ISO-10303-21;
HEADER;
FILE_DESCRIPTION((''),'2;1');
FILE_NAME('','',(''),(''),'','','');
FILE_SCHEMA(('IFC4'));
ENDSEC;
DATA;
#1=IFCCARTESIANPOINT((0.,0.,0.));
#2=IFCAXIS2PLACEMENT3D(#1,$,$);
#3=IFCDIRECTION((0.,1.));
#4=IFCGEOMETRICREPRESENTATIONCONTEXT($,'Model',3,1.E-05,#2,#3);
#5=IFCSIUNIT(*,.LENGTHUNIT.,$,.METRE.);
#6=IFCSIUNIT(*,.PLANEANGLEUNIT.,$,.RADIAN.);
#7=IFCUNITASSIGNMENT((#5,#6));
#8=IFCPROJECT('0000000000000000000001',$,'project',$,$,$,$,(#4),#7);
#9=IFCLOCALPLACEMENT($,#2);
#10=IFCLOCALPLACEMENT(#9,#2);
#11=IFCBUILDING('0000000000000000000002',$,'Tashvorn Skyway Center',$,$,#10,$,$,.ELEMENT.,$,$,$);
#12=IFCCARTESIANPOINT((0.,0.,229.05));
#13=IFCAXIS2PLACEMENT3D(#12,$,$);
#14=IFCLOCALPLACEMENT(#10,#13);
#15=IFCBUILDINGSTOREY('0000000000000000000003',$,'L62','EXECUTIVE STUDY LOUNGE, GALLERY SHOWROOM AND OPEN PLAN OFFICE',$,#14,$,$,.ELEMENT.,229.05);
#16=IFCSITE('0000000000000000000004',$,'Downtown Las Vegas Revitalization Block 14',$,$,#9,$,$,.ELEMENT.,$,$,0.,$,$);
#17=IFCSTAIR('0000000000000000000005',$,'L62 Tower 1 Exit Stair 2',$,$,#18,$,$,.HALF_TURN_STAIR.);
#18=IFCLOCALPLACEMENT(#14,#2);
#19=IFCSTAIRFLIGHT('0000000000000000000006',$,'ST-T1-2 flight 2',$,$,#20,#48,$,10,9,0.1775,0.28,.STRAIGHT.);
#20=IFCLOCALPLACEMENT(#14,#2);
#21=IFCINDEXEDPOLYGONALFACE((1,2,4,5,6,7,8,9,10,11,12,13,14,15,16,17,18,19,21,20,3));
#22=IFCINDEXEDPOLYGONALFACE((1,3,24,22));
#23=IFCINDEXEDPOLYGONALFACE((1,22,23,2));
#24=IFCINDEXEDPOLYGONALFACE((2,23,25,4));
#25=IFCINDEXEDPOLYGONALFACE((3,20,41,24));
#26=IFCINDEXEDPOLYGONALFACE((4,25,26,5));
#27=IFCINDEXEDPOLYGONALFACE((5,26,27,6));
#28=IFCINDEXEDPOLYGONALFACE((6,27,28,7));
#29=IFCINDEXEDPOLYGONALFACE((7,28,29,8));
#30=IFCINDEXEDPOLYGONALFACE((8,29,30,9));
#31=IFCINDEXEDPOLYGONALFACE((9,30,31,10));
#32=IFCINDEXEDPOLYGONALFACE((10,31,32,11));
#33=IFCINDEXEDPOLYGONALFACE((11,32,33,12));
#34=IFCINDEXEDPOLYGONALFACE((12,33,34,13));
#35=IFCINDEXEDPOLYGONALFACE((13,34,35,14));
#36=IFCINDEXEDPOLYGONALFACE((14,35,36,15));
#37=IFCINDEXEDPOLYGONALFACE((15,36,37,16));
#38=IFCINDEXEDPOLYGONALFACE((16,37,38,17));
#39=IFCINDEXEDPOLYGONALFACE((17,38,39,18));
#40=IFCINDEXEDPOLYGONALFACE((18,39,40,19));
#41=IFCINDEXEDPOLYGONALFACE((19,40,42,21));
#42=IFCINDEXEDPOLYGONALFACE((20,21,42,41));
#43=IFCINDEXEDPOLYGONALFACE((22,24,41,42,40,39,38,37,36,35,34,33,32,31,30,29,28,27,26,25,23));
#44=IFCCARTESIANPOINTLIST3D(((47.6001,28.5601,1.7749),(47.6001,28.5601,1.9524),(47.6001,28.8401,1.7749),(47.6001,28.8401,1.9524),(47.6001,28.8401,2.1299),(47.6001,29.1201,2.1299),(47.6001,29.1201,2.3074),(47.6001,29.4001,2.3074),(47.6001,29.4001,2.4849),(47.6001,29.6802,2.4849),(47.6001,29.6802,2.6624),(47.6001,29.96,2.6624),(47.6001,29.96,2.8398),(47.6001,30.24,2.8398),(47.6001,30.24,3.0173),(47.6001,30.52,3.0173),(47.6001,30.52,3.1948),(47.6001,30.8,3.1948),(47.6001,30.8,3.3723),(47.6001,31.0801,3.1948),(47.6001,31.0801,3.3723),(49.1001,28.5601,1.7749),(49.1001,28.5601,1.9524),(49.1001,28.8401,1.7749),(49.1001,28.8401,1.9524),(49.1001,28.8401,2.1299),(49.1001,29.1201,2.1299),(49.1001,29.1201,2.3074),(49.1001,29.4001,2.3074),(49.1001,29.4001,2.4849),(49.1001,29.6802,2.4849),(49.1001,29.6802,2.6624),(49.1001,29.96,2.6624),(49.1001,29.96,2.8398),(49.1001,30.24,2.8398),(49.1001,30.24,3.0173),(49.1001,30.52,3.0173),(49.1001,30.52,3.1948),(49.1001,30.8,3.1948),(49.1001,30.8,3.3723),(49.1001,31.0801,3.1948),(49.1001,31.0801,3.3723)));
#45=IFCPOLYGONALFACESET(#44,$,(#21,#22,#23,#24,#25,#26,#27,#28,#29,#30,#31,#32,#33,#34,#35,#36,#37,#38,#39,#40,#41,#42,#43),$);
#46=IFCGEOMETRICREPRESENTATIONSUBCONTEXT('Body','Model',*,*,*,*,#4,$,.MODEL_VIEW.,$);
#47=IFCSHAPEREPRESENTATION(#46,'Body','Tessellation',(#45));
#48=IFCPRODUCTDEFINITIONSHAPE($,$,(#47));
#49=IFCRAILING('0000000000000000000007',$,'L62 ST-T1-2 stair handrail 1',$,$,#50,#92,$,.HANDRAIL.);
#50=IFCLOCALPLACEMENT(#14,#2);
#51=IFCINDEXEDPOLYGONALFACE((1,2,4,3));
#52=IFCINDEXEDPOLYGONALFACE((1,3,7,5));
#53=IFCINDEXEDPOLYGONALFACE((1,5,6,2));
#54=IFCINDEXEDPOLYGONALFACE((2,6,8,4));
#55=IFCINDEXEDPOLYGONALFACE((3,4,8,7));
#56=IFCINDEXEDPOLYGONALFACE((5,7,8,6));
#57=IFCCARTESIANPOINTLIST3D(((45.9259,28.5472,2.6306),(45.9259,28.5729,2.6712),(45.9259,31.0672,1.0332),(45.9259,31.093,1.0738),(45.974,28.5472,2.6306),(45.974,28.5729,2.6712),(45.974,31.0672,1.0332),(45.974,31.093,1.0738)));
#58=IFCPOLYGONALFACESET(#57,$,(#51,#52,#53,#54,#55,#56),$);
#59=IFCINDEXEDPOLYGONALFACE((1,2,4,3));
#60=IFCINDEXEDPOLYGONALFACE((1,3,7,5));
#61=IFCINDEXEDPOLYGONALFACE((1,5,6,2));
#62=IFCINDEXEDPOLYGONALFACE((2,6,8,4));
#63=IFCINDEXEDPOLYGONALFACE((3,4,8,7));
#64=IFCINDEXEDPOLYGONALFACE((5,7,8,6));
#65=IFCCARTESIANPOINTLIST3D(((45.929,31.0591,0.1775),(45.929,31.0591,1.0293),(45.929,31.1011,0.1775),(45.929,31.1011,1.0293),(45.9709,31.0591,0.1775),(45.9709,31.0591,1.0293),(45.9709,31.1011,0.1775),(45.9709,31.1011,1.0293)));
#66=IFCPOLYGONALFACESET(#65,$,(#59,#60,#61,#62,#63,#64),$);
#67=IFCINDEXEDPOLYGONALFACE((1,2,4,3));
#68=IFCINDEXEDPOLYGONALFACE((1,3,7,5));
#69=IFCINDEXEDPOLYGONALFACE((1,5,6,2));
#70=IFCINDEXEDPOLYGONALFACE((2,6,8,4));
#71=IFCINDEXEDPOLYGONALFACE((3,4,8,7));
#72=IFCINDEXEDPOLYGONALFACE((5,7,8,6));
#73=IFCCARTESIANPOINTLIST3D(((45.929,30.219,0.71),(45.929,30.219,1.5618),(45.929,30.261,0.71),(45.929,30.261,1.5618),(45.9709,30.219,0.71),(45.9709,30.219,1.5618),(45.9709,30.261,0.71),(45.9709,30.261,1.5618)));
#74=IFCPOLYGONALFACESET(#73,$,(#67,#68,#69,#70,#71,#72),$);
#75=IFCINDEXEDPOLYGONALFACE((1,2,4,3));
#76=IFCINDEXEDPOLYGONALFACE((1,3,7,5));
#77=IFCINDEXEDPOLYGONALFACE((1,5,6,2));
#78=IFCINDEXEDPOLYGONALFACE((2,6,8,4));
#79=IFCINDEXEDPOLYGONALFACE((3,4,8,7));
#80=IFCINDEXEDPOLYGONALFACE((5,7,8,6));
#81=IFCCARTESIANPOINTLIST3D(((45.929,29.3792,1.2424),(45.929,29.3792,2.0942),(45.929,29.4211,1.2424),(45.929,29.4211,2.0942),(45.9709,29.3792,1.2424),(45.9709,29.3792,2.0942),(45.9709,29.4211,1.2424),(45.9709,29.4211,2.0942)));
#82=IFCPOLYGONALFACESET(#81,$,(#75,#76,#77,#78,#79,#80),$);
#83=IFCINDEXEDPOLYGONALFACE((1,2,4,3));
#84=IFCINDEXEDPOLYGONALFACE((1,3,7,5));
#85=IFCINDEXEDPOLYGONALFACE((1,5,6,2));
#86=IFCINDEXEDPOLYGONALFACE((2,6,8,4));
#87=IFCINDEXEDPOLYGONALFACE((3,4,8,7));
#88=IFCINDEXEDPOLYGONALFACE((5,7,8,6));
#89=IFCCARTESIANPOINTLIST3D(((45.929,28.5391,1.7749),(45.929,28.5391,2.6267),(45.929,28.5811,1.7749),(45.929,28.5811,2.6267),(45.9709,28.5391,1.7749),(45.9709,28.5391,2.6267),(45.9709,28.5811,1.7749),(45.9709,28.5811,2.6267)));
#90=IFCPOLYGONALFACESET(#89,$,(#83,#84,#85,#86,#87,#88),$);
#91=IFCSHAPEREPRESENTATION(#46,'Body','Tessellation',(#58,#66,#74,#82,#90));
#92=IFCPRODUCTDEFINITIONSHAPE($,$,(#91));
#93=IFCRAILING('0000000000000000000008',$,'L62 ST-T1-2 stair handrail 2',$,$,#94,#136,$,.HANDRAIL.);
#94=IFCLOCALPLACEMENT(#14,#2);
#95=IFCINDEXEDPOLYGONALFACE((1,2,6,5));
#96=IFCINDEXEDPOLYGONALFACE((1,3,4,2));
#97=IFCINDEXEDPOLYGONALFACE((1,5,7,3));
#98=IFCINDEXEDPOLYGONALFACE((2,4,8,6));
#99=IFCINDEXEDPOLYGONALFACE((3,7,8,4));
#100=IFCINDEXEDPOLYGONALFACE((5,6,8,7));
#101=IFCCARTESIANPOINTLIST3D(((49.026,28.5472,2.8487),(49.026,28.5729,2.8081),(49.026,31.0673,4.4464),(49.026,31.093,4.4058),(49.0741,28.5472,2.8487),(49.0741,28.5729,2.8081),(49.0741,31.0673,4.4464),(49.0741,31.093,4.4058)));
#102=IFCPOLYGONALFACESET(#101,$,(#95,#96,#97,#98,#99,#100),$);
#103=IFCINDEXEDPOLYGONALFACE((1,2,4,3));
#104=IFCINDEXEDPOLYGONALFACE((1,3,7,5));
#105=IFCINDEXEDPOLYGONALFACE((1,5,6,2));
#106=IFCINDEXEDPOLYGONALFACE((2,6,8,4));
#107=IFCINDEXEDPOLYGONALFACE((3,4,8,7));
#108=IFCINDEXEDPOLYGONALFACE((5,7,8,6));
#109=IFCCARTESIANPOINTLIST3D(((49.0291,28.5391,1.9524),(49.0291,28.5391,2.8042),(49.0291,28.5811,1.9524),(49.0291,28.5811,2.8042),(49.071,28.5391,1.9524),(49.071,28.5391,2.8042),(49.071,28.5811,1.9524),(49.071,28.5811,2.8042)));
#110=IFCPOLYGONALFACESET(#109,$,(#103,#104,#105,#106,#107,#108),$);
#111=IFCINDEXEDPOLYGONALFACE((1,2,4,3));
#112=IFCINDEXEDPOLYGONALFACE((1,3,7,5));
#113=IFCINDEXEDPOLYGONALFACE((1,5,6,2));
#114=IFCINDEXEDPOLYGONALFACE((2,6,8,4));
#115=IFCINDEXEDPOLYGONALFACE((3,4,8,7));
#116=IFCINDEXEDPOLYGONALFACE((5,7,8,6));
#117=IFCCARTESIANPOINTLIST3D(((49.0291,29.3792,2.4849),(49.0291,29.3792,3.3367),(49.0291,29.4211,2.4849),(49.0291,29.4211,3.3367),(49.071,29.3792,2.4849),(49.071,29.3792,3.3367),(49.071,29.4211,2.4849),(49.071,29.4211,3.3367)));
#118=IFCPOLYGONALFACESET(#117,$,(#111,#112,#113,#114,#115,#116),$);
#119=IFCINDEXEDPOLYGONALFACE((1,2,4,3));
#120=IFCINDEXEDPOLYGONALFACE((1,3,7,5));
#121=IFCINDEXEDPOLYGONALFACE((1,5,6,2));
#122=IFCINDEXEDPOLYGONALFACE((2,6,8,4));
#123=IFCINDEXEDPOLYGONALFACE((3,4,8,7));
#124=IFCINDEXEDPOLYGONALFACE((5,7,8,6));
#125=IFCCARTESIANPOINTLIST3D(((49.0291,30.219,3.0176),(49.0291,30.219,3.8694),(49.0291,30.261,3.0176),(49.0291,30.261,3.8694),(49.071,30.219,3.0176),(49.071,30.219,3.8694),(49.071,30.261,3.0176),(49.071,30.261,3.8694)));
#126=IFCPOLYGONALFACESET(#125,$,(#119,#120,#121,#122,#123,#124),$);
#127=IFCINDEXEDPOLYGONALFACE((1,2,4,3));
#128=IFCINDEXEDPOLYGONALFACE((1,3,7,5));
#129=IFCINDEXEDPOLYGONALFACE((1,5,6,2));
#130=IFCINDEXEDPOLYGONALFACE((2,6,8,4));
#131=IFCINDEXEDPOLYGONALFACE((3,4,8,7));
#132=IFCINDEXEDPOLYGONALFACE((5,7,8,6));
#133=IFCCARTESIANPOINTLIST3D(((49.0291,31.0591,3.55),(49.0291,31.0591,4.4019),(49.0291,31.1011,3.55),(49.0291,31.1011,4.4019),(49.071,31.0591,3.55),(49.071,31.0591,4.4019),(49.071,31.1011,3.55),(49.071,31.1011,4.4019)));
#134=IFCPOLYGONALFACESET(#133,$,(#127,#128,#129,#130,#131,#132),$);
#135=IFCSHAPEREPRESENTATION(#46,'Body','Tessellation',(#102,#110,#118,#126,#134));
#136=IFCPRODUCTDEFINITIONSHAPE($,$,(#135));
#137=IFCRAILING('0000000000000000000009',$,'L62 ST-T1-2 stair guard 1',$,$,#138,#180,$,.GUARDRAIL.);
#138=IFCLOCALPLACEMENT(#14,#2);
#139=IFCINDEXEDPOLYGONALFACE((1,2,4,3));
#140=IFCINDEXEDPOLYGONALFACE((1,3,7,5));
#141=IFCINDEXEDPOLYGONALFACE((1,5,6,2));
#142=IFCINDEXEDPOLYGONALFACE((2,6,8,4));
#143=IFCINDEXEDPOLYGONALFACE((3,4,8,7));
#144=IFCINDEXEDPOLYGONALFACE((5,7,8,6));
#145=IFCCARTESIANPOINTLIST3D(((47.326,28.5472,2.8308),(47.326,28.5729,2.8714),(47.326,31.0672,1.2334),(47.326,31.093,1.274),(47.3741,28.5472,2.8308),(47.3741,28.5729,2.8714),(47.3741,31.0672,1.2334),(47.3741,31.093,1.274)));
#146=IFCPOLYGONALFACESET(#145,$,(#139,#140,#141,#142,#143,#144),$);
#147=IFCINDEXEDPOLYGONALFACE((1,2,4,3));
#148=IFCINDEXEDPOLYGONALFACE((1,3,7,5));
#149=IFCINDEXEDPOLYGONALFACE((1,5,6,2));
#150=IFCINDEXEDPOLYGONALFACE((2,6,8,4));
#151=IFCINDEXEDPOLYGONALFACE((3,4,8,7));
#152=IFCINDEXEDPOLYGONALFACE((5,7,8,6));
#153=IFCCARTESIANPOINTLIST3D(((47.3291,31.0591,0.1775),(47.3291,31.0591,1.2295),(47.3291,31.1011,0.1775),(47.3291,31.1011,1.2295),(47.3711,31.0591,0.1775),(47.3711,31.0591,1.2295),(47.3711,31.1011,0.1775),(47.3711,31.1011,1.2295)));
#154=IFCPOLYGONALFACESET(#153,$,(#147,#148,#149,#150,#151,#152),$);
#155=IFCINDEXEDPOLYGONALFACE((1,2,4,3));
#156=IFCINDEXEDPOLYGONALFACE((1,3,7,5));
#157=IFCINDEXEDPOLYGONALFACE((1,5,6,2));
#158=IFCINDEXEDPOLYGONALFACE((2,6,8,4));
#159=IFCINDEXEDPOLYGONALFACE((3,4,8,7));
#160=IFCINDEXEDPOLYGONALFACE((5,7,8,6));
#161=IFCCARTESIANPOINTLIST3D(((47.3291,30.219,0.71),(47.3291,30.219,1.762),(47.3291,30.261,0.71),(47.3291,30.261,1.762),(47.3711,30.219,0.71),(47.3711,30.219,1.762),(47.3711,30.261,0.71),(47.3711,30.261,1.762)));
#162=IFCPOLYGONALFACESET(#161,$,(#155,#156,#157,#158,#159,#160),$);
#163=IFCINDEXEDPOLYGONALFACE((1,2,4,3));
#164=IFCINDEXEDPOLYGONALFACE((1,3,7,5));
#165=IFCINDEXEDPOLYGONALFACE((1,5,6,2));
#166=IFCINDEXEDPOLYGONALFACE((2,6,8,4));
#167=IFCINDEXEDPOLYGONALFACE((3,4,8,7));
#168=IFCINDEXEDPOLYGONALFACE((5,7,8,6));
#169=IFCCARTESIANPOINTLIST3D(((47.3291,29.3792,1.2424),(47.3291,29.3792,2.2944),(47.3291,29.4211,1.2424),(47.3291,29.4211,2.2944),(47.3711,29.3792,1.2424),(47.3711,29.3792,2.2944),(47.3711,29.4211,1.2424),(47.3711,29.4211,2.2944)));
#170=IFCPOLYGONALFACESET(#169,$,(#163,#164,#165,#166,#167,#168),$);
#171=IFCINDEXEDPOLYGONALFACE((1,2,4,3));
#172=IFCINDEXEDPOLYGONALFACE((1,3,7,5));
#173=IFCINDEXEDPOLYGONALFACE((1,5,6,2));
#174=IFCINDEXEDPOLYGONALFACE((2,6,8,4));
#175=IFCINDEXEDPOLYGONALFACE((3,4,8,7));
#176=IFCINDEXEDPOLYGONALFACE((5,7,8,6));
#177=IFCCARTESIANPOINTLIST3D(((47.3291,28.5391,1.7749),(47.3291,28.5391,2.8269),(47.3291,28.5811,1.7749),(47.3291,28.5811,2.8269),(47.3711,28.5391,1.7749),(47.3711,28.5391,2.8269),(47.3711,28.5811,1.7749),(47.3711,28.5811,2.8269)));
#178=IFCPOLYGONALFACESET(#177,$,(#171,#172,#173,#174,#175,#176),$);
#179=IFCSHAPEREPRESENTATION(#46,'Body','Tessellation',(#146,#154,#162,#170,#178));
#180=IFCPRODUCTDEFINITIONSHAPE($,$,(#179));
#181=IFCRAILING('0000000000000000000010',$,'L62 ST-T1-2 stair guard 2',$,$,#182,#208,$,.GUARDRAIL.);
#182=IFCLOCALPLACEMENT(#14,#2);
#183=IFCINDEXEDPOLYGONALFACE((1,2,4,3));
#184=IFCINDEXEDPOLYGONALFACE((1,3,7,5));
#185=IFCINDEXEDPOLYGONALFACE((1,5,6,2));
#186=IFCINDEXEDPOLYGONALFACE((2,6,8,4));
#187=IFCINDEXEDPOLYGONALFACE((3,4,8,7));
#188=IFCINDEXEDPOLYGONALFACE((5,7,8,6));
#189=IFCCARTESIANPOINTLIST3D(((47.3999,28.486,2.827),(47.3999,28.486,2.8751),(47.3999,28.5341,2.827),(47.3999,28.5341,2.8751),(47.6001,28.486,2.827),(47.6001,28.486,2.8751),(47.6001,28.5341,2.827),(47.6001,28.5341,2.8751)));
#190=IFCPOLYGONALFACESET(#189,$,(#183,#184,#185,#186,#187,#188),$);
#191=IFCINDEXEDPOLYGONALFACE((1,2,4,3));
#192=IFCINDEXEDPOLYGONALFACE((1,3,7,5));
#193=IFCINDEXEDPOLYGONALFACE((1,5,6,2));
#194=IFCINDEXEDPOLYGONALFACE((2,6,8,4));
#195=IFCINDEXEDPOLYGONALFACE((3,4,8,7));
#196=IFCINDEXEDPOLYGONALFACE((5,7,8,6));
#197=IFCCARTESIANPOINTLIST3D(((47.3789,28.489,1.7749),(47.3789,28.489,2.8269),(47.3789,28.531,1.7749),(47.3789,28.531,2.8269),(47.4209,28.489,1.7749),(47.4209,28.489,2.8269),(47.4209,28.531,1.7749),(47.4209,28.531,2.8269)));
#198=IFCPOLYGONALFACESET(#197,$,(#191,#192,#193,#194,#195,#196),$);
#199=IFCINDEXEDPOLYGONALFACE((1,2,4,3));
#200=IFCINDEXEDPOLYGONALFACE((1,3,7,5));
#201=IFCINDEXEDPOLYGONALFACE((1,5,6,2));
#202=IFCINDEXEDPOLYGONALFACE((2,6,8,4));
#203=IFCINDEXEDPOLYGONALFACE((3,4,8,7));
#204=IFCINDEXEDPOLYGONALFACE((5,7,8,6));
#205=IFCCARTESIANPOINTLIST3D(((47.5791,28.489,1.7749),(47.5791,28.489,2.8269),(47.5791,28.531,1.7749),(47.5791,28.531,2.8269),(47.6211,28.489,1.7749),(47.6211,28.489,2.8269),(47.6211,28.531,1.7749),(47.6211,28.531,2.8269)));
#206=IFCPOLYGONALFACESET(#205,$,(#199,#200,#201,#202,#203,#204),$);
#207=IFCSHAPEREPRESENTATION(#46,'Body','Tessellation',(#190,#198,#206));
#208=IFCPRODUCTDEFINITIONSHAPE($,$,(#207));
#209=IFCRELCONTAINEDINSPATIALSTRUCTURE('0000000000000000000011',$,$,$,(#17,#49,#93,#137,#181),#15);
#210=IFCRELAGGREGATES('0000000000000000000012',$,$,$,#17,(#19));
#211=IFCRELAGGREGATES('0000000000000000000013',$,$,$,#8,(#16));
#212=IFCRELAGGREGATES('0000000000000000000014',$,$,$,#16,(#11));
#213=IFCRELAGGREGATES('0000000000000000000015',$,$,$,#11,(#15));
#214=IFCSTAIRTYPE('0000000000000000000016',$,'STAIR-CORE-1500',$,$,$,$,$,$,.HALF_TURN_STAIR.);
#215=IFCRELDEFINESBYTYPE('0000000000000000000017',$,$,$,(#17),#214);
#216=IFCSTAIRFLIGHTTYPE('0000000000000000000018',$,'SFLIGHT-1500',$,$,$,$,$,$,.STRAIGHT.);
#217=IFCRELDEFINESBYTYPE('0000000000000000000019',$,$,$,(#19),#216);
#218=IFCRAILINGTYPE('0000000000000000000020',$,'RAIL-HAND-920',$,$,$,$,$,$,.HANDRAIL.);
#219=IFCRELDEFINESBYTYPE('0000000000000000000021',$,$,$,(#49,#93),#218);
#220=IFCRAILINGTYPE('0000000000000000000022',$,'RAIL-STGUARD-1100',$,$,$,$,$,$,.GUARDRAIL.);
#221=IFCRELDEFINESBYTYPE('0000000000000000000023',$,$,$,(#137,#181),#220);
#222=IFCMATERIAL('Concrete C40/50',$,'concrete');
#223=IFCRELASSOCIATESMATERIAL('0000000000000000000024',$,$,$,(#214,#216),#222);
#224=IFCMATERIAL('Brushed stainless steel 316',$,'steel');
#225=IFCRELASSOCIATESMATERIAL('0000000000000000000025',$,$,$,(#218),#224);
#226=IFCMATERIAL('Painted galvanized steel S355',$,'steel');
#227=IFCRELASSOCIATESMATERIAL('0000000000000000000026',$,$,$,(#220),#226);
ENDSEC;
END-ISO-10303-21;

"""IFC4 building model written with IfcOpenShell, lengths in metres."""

from ifc_helpers import new_model, si_unit, direction, frame, origin, origin_2d, place, context, subcontext, project, spatial, polyline, rectangle, outline, extrude, material, type_object, element, aggregate, save


model = new_model("IFC4")

# Units and contexts
model_context = context("Model", 3, precision=1e-05, world=origin(), true_north=direction((0.0, 1.0)))
body_context = subcontext(model_context, "Body", "Model", "MODEL_VIEW")
ifc_project = project(units=[si_unit("LENGTHUNIT", "METRE"), si_unit("PLANEANGLEUNIT", "RADIAN")], contexts=[model_context])

# Site, building, storey
site_placement = place(None, origin())
site = spatial("IfcSite", under=ifc_project, at=site_placement, Name="Downtown Las Vegas Revitalization Block 14", CompositionType="ELEMENT", RefElevation=0.0)
building_placement = place(site_placement, origin())
building = spatial("IfcBuilding", under=site, at=building_placement, Name="Tashvorn Skyway Center", CompositionType="ELEMENT")
storey_placement = place(building_placement, frame((0.0, 0.0, 229.05)))
storey = spatial("IfcBuildingStorey", under=building, at=storey_placement, Name="L62", Description="EXECUTIVE STUDY LOUNGE, GALLERY SHOWROOM AND OPEN PLAN OFFICE", CompositionType="ELEMENT", Elevation=229.05)

# Shared definitions
ifc_material_1 = material(Name="Concrete C40/50", Category="concrete")

# Stair, stair flight
stair_type = type_object("IfcStairType", Name="STAIR-CORE-1500", PredefinedType="HALF_TURN_STAIR", material=ifc_material_1)
stair_placement = place(storey_placement, origin())
stair = element("IfcStair", 1, at=stair_placement, inside=storey, type_object=stair_type, Name="L62 Tower 1 Exit Stair 2", PredefinedType="HALF_TURN_STAIR")
stair_flight_type = type_object("IfcStairFlightType", Name="SFLIGHT-1500", PredefinedType="STRAIGHT", material=ifc_material_1)
stair_flight_1_placement = place(storey_placement, frame((48.3501, 28.5601, 1.7749), z_axis=(0.0, 0.0, 1.0), x_axis=(0.0, 1.0, 0.0)))
stair_flight_1 = element("IfcStairFlight", 2, at=stair_flight_1_placement, type_object=stair_flight_type, Name="ST-T1-2 flight 2", NumberOfRisers=10, NumberOfTreads=9, PredefinedType="STRAIGHT", RiserHeight=0.1775, TreadLength=0.28, context=body_context, shape_type="SweptSolid", body=[
    extrude(outline(polyline([(0.0, 0.0), (0.0, 0.1775), (0.28, 0.1775), (0.28, 0.355), (0.5601, 0.355), (0.5601, 0.5325), (0.8401, 0.5325), (0.8401, 0.71), (1.1201, 0.71), (1.1201, 0.8875), (1.3999, 0.8875), (1.3999, 1.0649), (1.6799, 1.0649), (1.6799, 1.2424), (1.96, 1.2424), (1.96, 1.4199), (2.24, 1.4199), (2.24, 1.5974), (2.52, 1.5974), (2.52, 1.7749), (2.52, 1.4199), (0.28, 0.0), (0.0, 0.0)])), frame((0.0, 0.75, 0.0), z_axis=(0.0, -1.0, 0.0), x_axis=(1.0, 0.0, 0.0)), (0.0, 0.0, 1.0), 1.5),
])
aggregate(stair, [stair_flight_1])

# Railings
ifc_material_2 = material(Name="Brushed stainless steel 316", Category="steel")
railing_type_1 = type_object("IfcRailingType", Name="RAIL-HAND-920", PredefinedType="HANDRAIL", material=ifc_material_2)
railing_1_placement = place(storey_placement, frame((45.95, 31.0801, 0.1775)))
element("IfcRailing", 3, at=railing_1_placement, inside=storey, type_object=railing_type_1, Name="L62 ST-T1-2 stair handrail 1", PredefinedType="HANDRAIL", context=body_context, shape_type="SweptSolid", body=[
    extrude(rectangle(XDim=0.0481, YDim=0.0481, at=origin_2d()), frame((0.0, 0.0, 0.876), z_axis=(0.0, -0.844607, 0.535387), x_axis=(1.0, 0.0, 0.0)), (0.0, 0.0, 1.0), 2.9836),
    extrude(rectangle(XDim=0.042, YDim=0.042, at=origin_2d()), origin(), (0.0, 0.0, 1.0), 0.8518),
    extrude(rectangle(XDim=0.042, YDim=0.042, at=origin_2d()), frame((0.0, -0.8401, 0.5325)), (0.0, 0.0, 1.0), 0.8518),
    extrude(rectangle(XDim=0.042, YDim=0.042, at=origin_2d()), frame((0.0, -1.6799, 1.0649)), (0.0, 0.0, 1.0), 0.8518),
    extrude(rectangle(XDim=0.042, YDim=0.042, at=origin_2d()), frame((0.0, -2.52, 1.5974)), (0.0, 0.0, 1.0), 0.8518),
])
railing_2_placement = place(storey_placement, frame((49.05, 28.5601, 1.9524)))
element("IfcRailing", 4, at=railing_2_placement, inside=storey, type_object=railing_type_1, Name="L62 ST-T1-2 stair handrail 2", PredefinedType="HANDRAIL", context=body_context, shape_type="SweptSolid", body=[
    extrude(rectangle(XDim=0.0481, YDim=0.0481, at=origin_2d()), frame((0.0, 0.0, 0.876), z_axis=(0.0, 0.84457, 0.535445), x_axis=(-1.0, 0.0, 0.0)), (0.0, 0.0, 1.0), 2.9839),
    extrude(rectangle(XDim=0.042, YDim=0.042, at=origin_2d()), origin(), (0.0, 0.0, 1.0), 0.8518),
    extrude(rectangle(XDim=0.042, YDim=0.042, at=origin_2d()), frame((0.0, 0.8401, 0.5325)), (0.0, 0.0, 1.0), 0.8518),
    extrude(rectangle(XDim=0.042, YDim=0.042, at=origin_2d()), frame((0.0, 1.6799, 1.0652)), (0.0, 0.0, 1.0), 0.8518),
    extrude(rectangle(XDim=0.042, YDim=0.042, at=origin_2d()), frame((0.0, 2.52, 1.5977)), (0.0, 0.0, 1.0), 0.8518),
])
ifc_material_3 = material(Name="Painted galvanized steel S355", Category="steel")
railing_type_2 = type_object("IfcRailingType", Name="RAIL-STGUARD-1100", PredefinedType="GUARDRAIL", material=ifc_material_3)
railing_3_placement = place(storey_placement, frame((47.3501, 31.0801, 0.1775)))
element("IfcRailing", 5, at=railing_3_placement, inside=storey, type_object=railing_type_2, Name="L62 ST-T1-2 stair guard 1", PredefinedType="GUARDRAIL", context=body_context, shape_type="SweptSolid", body=[
    extrude(rectangle(XDim=0.0481, YDim=0.0481, at=origin_2d()), frame((0.0, 0.0, 1.0762), z_axis=(0.0, -0.844607, 0.535387), x_axis=(1.0, 0.0, 0.0)), (0.0, 0.0, 1.0), 2.9836),
    extrude(rectangle(XDim=0.042, YDim=0.042, at=origin_2d()), origin(), (0.0, 0.0, 1.0), 1.052),
    extrude(rectangle(XDim=0.042, YDim=0.042, at=origin_2d()), frame((0.0, -0.8401, 0.5325)), (0.0, 0.0, 1.0), 1.052),
    extrude(rectangle(XDim=0.042, YDim=0.042, at=origin_2d()), frame((0.0, -1.6799, 1.0649)), (0.0, 0.0, 1.0), 1.052),
    extrude(rectangle(XDim=0.042, YDim=0.042, at=origin_2d()), frame((0.0, -2.52, 1.5974)), (0.0, 0.0, 1.0), 1.052),
])
railing_4_placement = place(storey_placement, frame((47.3999, 28.51, 1.7749)))
element("IfcRailing", 6, at=railing_4_placement, inside=storey, type_object=railing_type_2, Name="L62 ST-T1-2 stair guard 2", PredefinedType="GUARDRAIL", context=body_context, shape_type="SweptSolid", body=[
    extrude(rectangle(XDim=0.0481, YDim=0.0481, at=origin_2d()), frame((0.0, 0.0, 1.0762), z_axis=(1.0, 0.0, 0.0), x_axis=(0.0, 1.0, 0.0)), (0.0, 0.0, 1.0), 0.2002),
    extrude(rectangle(XDim=0.042, YDim=0.042, at=origin_2d()), origin(), (0.0, 0.0, 1.0), 1.052),
    extrude(rectangle(XDim=0.042, YDim=0.042, at=origin_2d()), frame((0.2002, 0.0, 0.0)), (0.0, 0.0, 1.0), 1.052),
])

save(model, "model.ifc")
